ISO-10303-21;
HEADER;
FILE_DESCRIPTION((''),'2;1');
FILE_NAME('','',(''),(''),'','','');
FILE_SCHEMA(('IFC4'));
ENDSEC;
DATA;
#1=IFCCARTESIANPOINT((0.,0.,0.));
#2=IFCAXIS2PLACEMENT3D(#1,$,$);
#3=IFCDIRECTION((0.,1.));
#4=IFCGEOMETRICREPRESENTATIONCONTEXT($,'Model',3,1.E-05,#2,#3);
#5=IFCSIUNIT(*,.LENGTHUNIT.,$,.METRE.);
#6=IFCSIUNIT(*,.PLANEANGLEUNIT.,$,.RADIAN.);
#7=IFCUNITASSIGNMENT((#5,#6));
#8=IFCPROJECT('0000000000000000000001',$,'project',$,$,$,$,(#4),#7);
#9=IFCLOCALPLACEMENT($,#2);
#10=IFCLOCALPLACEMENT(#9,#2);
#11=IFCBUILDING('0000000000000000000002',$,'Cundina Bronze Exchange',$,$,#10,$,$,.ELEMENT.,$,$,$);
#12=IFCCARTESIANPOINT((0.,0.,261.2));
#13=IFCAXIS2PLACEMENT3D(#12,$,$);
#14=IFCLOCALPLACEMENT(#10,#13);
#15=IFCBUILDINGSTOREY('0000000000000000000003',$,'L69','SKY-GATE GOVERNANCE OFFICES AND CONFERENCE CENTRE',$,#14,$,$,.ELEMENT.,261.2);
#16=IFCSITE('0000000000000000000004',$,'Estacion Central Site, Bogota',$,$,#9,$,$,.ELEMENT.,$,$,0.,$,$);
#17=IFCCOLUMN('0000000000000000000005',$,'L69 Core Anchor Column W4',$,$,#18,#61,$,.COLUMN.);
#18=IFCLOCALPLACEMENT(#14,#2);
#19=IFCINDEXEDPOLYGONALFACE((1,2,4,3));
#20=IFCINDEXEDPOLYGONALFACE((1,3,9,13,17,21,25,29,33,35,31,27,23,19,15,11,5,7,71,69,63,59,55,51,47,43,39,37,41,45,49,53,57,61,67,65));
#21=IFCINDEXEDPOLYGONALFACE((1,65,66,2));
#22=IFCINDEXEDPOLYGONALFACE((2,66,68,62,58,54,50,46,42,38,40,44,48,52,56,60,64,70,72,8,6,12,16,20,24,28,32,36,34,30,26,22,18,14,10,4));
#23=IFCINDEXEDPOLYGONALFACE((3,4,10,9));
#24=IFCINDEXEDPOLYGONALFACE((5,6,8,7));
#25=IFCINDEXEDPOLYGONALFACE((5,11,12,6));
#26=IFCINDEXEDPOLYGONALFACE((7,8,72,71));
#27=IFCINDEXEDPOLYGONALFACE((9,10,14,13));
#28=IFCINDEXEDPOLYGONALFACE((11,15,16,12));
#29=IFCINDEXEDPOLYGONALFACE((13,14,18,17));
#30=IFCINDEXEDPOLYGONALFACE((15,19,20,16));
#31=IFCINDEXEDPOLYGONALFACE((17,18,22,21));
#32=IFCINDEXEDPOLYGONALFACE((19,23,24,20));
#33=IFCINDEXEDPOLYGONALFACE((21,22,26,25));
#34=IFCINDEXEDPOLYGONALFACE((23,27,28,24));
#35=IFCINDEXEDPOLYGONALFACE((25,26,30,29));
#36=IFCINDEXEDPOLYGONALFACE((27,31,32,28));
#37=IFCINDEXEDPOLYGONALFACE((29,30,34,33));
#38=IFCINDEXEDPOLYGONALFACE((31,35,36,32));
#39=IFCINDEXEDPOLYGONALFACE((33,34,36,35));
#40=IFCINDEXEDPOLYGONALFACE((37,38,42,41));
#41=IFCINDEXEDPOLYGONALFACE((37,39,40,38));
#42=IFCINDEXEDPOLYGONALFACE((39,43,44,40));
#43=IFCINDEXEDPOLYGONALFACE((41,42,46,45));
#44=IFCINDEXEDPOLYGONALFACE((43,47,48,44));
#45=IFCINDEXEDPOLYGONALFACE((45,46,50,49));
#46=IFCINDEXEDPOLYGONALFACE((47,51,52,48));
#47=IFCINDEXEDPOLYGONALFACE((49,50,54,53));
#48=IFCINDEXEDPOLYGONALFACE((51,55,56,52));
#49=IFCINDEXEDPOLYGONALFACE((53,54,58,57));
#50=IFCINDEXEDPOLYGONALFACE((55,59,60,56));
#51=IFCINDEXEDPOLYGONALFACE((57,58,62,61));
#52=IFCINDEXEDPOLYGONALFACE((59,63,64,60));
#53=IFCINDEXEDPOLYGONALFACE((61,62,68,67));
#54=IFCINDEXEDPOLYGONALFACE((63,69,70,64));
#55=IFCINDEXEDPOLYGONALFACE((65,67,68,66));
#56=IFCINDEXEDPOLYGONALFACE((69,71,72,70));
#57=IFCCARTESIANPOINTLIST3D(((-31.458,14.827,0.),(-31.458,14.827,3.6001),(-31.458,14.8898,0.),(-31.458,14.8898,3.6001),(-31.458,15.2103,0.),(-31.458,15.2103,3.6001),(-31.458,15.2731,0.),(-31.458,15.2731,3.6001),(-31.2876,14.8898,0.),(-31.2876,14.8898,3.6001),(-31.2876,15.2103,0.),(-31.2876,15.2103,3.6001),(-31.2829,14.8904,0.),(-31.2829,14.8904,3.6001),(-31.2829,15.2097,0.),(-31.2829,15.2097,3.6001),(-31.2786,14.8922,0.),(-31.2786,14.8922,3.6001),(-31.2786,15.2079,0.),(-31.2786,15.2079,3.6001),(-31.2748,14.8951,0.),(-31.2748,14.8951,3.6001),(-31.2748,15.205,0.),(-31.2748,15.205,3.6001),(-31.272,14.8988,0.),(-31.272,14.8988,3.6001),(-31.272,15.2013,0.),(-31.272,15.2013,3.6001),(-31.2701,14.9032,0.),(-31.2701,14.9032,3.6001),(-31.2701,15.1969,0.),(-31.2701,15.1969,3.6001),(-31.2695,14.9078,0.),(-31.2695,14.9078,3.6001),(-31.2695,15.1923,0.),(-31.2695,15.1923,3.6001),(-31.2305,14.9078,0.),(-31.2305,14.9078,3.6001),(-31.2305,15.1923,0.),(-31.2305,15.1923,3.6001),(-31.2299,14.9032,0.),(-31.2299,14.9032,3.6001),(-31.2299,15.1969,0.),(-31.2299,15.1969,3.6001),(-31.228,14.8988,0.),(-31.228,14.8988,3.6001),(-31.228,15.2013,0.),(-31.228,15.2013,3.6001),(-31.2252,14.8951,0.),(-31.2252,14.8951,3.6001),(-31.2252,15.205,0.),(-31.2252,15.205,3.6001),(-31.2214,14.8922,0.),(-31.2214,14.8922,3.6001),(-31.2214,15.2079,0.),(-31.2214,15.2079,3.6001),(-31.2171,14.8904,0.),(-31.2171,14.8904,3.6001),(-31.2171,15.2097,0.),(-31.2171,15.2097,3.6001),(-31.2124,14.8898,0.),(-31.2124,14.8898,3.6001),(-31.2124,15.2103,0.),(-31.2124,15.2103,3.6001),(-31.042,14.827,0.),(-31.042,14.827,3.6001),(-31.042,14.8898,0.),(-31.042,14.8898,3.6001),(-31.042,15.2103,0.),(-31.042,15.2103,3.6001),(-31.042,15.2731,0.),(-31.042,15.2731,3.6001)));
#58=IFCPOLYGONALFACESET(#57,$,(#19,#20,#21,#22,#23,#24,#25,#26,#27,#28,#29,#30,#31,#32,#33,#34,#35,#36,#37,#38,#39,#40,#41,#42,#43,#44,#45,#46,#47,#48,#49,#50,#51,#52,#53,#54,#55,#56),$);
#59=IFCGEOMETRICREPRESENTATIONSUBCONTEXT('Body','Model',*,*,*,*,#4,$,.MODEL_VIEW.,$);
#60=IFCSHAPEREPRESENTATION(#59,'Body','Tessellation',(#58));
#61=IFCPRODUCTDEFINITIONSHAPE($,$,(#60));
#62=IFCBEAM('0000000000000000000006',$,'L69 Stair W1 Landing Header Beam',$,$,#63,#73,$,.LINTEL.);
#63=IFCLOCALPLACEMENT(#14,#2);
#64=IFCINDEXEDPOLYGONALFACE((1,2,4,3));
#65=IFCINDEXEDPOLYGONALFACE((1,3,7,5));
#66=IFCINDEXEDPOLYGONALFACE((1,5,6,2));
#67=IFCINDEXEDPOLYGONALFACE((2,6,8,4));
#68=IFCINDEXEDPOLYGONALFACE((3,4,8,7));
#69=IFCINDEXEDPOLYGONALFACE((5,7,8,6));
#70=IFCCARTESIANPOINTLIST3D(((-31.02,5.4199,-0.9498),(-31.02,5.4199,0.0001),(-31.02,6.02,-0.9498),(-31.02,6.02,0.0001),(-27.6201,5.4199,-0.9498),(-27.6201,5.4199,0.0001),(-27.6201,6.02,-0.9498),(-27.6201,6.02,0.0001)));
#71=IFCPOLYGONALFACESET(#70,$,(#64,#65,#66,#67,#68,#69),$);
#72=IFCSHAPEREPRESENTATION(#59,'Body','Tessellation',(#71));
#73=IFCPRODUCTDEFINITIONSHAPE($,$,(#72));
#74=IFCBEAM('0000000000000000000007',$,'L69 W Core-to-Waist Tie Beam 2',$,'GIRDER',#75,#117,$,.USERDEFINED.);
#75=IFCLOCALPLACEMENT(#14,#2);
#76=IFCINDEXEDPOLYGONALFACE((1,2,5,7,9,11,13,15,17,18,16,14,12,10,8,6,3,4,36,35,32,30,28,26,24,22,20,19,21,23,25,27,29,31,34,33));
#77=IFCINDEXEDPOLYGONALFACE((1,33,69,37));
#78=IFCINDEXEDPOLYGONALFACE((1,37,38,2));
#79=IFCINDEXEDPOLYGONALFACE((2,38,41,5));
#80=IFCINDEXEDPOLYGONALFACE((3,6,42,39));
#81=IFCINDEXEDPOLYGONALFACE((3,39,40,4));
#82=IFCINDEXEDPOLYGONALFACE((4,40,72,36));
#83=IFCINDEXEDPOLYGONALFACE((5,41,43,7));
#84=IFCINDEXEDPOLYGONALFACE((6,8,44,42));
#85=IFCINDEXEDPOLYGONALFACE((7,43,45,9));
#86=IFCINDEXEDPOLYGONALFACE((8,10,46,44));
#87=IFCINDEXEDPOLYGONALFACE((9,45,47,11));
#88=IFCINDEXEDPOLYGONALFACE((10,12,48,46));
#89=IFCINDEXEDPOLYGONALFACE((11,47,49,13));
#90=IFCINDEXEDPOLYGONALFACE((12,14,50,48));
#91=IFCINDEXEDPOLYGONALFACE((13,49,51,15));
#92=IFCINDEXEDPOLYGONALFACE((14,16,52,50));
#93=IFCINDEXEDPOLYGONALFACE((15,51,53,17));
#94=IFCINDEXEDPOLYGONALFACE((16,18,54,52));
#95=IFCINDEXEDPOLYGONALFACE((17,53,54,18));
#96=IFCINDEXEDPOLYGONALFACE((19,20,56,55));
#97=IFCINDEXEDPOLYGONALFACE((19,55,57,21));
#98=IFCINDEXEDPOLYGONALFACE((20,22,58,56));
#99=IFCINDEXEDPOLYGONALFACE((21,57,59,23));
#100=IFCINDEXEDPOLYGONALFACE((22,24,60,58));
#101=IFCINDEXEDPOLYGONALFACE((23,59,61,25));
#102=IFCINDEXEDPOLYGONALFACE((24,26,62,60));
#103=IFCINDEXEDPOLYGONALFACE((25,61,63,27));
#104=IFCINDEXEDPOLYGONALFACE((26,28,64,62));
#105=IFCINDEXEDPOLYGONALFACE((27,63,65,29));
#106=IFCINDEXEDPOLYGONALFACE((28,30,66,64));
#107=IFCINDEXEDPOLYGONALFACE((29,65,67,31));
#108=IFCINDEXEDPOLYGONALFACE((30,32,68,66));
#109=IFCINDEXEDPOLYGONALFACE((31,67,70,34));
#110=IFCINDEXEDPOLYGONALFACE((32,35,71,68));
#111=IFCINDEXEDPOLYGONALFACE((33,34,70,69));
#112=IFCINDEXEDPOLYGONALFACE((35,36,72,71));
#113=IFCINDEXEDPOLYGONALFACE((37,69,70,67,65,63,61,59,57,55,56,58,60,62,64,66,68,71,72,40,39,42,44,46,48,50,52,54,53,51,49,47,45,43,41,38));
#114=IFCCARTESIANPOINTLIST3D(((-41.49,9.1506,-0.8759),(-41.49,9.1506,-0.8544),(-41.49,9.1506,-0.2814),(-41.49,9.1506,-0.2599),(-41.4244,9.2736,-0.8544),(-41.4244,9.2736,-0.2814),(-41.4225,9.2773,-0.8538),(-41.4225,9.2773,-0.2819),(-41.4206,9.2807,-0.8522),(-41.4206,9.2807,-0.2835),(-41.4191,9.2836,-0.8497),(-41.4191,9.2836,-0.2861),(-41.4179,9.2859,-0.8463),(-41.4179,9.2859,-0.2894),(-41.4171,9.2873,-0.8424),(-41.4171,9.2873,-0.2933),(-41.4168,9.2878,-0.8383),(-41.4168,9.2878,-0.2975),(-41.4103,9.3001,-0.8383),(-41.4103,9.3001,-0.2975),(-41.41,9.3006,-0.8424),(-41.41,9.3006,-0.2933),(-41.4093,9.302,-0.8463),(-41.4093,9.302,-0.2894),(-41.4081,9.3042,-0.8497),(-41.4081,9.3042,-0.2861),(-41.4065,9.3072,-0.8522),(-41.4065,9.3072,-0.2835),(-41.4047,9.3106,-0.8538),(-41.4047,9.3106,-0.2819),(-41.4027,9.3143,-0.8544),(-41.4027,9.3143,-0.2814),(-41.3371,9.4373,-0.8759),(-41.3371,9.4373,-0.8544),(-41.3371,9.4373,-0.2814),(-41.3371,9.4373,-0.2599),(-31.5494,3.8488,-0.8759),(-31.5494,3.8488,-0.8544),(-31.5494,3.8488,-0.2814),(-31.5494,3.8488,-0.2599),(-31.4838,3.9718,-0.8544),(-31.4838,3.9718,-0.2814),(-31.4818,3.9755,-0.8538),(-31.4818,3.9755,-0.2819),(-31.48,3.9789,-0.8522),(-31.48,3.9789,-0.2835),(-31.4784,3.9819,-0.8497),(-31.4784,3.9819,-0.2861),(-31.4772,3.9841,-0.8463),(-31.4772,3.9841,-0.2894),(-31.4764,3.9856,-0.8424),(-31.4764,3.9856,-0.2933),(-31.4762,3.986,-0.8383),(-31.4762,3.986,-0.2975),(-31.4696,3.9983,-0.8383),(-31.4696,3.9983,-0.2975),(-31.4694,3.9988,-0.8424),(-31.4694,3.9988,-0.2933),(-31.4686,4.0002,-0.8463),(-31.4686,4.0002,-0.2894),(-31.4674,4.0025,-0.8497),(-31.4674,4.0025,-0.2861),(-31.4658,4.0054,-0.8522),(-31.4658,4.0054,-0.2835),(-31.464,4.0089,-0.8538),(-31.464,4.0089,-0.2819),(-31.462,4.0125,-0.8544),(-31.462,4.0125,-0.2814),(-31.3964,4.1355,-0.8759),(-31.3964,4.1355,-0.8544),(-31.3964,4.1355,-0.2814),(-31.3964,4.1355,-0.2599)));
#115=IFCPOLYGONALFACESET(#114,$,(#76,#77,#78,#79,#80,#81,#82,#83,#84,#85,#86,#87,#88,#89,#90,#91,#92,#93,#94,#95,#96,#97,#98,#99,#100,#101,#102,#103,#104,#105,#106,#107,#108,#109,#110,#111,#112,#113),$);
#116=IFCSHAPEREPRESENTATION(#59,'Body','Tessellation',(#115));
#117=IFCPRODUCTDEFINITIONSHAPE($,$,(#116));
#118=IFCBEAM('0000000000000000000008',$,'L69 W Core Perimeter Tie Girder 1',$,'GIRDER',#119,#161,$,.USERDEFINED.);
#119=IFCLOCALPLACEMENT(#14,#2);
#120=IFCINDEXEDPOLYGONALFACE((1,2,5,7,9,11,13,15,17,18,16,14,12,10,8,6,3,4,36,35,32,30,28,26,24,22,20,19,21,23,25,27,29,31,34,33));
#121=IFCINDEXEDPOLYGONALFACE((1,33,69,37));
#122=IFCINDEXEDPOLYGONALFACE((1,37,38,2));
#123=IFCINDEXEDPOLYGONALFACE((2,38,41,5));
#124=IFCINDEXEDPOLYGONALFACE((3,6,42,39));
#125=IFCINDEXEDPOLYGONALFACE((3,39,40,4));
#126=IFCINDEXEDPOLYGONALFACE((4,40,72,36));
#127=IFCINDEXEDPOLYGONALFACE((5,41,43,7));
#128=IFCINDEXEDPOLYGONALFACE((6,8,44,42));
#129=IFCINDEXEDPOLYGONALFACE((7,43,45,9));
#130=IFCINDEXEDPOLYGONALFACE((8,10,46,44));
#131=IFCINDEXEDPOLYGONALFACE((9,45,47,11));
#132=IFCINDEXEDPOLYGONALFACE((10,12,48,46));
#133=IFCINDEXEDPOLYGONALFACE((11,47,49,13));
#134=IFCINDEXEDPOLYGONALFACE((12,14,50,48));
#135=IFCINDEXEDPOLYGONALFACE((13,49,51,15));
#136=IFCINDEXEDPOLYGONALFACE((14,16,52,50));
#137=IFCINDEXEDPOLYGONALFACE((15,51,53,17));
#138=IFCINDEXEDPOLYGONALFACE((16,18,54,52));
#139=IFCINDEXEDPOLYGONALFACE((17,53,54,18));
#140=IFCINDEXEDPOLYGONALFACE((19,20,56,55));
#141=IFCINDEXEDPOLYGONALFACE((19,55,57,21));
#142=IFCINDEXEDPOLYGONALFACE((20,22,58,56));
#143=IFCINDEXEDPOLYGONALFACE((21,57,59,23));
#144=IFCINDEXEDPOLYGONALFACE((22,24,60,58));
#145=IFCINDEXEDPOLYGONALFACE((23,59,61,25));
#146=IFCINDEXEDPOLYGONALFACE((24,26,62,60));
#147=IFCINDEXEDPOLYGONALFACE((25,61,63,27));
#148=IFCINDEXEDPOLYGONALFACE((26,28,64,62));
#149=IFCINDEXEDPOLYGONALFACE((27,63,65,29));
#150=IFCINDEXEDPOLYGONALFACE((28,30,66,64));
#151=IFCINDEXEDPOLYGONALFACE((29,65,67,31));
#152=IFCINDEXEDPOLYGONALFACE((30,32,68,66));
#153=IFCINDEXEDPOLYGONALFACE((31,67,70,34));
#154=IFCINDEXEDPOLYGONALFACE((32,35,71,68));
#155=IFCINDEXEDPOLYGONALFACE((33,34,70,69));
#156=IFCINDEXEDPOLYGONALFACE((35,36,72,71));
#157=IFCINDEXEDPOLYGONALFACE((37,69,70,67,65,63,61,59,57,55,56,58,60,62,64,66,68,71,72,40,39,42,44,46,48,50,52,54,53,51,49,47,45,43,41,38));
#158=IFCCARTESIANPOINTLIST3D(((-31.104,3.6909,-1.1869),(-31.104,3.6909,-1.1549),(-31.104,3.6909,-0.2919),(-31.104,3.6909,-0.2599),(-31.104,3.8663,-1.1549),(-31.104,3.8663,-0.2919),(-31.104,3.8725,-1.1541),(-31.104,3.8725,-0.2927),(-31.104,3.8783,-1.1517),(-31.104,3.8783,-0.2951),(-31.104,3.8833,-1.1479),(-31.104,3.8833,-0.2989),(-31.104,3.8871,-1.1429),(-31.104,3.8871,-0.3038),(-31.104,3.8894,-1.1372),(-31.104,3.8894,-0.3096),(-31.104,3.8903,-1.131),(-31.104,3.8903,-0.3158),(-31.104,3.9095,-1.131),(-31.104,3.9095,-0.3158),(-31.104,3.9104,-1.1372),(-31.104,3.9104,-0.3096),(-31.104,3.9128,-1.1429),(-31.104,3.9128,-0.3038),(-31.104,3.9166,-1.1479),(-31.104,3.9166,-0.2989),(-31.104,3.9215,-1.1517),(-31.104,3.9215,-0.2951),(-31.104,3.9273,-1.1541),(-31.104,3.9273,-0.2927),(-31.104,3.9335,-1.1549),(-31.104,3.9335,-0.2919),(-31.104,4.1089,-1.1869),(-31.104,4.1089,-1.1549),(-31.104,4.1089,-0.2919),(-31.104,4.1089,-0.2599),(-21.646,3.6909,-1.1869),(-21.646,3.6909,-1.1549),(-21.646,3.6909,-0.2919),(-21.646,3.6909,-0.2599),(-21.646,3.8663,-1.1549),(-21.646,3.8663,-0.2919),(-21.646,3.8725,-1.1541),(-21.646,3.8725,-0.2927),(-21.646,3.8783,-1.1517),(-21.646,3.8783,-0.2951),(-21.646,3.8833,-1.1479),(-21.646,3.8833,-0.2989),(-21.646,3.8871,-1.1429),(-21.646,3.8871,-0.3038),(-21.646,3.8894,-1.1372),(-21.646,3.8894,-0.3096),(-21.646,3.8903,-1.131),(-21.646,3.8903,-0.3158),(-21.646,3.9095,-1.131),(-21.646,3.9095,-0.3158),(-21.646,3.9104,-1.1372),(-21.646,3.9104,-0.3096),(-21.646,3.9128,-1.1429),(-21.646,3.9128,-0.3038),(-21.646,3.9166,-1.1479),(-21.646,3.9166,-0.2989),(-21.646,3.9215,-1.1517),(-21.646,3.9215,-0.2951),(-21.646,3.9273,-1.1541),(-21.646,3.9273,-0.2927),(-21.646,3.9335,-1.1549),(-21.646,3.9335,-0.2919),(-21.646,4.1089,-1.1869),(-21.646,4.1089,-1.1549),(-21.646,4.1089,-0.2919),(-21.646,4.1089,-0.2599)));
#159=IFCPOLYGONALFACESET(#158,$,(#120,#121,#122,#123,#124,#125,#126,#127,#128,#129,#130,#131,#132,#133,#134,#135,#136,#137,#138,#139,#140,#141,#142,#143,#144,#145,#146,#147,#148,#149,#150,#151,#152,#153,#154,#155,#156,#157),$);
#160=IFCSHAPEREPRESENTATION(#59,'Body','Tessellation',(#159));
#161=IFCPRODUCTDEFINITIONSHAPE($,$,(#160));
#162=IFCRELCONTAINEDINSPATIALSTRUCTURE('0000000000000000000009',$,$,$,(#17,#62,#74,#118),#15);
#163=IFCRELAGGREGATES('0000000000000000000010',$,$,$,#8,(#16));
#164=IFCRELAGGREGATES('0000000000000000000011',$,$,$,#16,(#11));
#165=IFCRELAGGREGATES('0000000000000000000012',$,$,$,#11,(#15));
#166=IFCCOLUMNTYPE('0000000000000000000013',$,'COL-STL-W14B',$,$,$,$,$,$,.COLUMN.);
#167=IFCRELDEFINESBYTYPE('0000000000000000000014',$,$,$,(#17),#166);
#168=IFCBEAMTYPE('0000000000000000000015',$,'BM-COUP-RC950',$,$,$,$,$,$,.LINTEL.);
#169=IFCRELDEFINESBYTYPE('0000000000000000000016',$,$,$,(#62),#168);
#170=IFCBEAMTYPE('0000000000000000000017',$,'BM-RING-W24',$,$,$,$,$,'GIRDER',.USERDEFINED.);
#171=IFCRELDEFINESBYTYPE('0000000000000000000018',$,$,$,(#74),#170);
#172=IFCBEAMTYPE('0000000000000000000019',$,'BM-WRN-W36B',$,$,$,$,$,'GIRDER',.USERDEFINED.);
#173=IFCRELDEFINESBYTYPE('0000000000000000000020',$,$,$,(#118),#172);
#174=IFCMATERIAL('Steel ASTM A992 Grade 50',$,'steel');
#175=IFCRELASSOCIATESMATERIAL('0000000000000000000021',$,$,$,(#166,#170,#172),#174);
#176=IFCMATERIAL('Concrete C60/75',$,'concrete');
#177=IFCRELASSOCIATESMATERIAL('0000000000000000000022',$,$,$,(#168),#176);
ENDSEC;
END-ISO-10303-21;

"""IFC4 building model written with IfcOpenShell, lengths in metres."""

from ifc_helpers import new_model, si_unit, direction, frame, origin, origin_2d, place, context, subcontext, project, spatial, rectangle, i_section, extrude, material, material_profile, profile_set, type_object, element, save


model = new_model("IFC4")

# Units and contexts
model_context = context("Model", 3, precision=1e-05, world=origin(), true_north=direction((0.0, 1.0)))
body_context = subcontext(model_context, "Body", "Model", "MODEL_VIEW")
ifc_project = project(units=[si_unit("LENGTHUNIT", "METRE"), si_unit("PLANEANGLEUNIT", "RADIAN")], contexts=[model_context])

# Site, building, storey
site_placement = place(None, origin())
site = spatial("IfcSite", under=ifc_project, at=site_placement, Name="Estacion Central Site, Bogota", CompositionType="ELEMENT", RefElevation=0.0)
building_placement = place(site_placement, origin())
building = spatial("IfcBuilding", under=site, at=building_placement, Name="Cundina Bronze Exchange", CompositionType="ELEMENT")
storey_placement = place(building_placement, frame((0.0, 0.0, 261.2)))
storey = spatial("IfcBuildingStorey", under=building, at=storey_placement, Name="L69", Description="SKY-GATE GOVERNANCE OFFICES AND CONFERENCE CENTRE", CompositionType="ELEMENT", Elevation=261.2)

# Column
ifc_material_1 = material(Name="Steel ASTM A992 Grade 50", Category="steel")
ifc_material_profile_1 = material_profile(ifc_material_1, i_section(OverallWidth=0.416, OverallDepth=0.446, WebThickness=0.0391, FlangeThickness=0.0627, FilletRadius=0.0181, at=origin_2d()), Name="W14X342", Category="steel")
ifc_profile_set_1 = profile_set([ifc_material_profile_1], Name="Steel ASTM A992 Grade 50")
column_type = type_object("IfcColumnType", Name="COL-STL-W14B", PredefinedType="COLUMN", material=ifc_profile_set_1)
column_placement = place(storey_placement, frame((-31.25, 15.05, 0.0), z_axis=(0.0, 0.0, 1.0), x_axis=(1.0, 0.0, 0.0)))
element("IfcColumn", 1, at=column_placement, inside=storey, type_object=column_type, Name="L69 Core Anchor Column W4", PredefinedType="COLUMN", context=body_context, shape_type="SweptSolid", body=[
    extrude(i_section(OverallWidth=0.416, OverallDepth=0.446, WebThickness=0.0391, FlangeThickness=0.0627, FilletRadius=0.0181, at=origin_2d()), origin(), (0.0, 0.0, 1.0), 3.6001),
])

# Beams
ifc_material_2 = material(Name="Concrete C60/75", Category="concrete")
ifc_material_profile_2 = material_profile(ifc_material_2, rectangle(XDim=0.6001, YDim=0.95, at=origin_2d()), Name="RC600X950", Category="concrete")
ifc_profile_set_2 = profile_set([ifc_material_profile_2], Name="Concrete C60/75")
beam_type_1 = type_object("IfcBeamType", Name="BM-COUP-RC950", PredefinedType="LINTEL", material=ifc_profile_set_2)
beam_1_placement = place(storey_placement, frame((-31.02, 5.72, -0.4749), z_axis=(1.0, 0.0, 0.0), x_axis=(0.0, 1.0, 0.0)))
element("IfcBeam", 2, at=beam_1_placement, inside=storey, type_object=beam_type_1, Name="L69 Stair W1 Landing Header Beam", PredefinedType="LINTEL", context=body_context, shape_type="SweptSolid", body=[
    extrude(rectangle(XDim=0.6001, YDim=0.95, at=origin_2d()), origin(), (0.0, 0.0, 1.0), 3.3999),
])
ifc_material_profile_3 = material_profile(ifc_material_1, i_section(OverallWidth=0.325, OverallDepth=0.616, WebThickness=0.0139, FlangeThickness=0.0215, FilletRadius=0.0161, at=origin_2d()), Name="W24X117", Category="steel")
ifc_profile_set_3 = profile_set([ifc_material_profile_3], Name="Steel ASTM A992 Grade 50")
beam_type_2 = type_object("IfcBeamType", Name="BM-RING-W24", ElementType="GIRDER", PredefinedType="USERDEFINED", material=ifc_profile_set_3)
beam_2_placement = place(storey_placement, frame((-31.4729, 3.9922, -0.5679), z_axis=(-0.882351, 0.470593, 0.0), x_axis=(-0.470593, -0.882351, 0.0)))
element("IfcBeam", 3, at=beam_2_placement, inside=storey, type_object=beam_type_2, Name="L69 W Core-to-Waist Tie Beam 2", ObjectType="GIRDER", PredefinedType="USERDEFINED", context=body_context, shape_type="SweptSolid", body=[
    extrude(i_section(OverallWidth=0.325, OverallDepth=0.616, WebThickness=0.0139, FlangeThickness=0.0215, FilletRadius=0.0161, at=origin_2d()), origin(), (0.0, 0.0, 1.0), 11.2661),
])
ifc_material_profile_4 = material_profile(ifc_material_1, i_section(OverallWidth=0.418, OverallDepth=0.927, WebThickness=0.0193, FlangeThickness=0.032, FilletRadius=0.0239, at=origin_2d()), Name="W36X231", Category="steel")
ifc_profile_set_4 = profile_set([ifc_material_profile_4], Name="Steel ASTM A992 Grade 50")
beam_type_3 = type_object("IfcBeamType", Name="BM-WRN-W36B", ElementType="GIRDER", PredefinedType="USERDEFINED", material=ifc_profile_set_4)
beam_3_placement = place(storey_placement, frame((-31.104, 3.8999, -0.7234), z_axis=(1.0, 0.0, 0.0), x_axis=(0.0, 1.0, 0.0)))
element("IfcBeam", 4, at=beam_3_placement, inside=storey, type_object=beam_type_3, Name="L69 W Core Perimeter Tie Girder 1", ObjectType="GIRDER", PredefinedType="USERDEFINED", context=body_context, shape_type="SweptSolid", body=[
    extrude(i_section(OverallWidth=0.418, OverallDepth=0.927, WebThickness=0.0193, FlangeThickness=0.032, FilletRadius=0.0239, at=origin_2d()), origin(), (0.0, 0.0, 1.0), 9.458),
])

save(model, "model.ifc")
